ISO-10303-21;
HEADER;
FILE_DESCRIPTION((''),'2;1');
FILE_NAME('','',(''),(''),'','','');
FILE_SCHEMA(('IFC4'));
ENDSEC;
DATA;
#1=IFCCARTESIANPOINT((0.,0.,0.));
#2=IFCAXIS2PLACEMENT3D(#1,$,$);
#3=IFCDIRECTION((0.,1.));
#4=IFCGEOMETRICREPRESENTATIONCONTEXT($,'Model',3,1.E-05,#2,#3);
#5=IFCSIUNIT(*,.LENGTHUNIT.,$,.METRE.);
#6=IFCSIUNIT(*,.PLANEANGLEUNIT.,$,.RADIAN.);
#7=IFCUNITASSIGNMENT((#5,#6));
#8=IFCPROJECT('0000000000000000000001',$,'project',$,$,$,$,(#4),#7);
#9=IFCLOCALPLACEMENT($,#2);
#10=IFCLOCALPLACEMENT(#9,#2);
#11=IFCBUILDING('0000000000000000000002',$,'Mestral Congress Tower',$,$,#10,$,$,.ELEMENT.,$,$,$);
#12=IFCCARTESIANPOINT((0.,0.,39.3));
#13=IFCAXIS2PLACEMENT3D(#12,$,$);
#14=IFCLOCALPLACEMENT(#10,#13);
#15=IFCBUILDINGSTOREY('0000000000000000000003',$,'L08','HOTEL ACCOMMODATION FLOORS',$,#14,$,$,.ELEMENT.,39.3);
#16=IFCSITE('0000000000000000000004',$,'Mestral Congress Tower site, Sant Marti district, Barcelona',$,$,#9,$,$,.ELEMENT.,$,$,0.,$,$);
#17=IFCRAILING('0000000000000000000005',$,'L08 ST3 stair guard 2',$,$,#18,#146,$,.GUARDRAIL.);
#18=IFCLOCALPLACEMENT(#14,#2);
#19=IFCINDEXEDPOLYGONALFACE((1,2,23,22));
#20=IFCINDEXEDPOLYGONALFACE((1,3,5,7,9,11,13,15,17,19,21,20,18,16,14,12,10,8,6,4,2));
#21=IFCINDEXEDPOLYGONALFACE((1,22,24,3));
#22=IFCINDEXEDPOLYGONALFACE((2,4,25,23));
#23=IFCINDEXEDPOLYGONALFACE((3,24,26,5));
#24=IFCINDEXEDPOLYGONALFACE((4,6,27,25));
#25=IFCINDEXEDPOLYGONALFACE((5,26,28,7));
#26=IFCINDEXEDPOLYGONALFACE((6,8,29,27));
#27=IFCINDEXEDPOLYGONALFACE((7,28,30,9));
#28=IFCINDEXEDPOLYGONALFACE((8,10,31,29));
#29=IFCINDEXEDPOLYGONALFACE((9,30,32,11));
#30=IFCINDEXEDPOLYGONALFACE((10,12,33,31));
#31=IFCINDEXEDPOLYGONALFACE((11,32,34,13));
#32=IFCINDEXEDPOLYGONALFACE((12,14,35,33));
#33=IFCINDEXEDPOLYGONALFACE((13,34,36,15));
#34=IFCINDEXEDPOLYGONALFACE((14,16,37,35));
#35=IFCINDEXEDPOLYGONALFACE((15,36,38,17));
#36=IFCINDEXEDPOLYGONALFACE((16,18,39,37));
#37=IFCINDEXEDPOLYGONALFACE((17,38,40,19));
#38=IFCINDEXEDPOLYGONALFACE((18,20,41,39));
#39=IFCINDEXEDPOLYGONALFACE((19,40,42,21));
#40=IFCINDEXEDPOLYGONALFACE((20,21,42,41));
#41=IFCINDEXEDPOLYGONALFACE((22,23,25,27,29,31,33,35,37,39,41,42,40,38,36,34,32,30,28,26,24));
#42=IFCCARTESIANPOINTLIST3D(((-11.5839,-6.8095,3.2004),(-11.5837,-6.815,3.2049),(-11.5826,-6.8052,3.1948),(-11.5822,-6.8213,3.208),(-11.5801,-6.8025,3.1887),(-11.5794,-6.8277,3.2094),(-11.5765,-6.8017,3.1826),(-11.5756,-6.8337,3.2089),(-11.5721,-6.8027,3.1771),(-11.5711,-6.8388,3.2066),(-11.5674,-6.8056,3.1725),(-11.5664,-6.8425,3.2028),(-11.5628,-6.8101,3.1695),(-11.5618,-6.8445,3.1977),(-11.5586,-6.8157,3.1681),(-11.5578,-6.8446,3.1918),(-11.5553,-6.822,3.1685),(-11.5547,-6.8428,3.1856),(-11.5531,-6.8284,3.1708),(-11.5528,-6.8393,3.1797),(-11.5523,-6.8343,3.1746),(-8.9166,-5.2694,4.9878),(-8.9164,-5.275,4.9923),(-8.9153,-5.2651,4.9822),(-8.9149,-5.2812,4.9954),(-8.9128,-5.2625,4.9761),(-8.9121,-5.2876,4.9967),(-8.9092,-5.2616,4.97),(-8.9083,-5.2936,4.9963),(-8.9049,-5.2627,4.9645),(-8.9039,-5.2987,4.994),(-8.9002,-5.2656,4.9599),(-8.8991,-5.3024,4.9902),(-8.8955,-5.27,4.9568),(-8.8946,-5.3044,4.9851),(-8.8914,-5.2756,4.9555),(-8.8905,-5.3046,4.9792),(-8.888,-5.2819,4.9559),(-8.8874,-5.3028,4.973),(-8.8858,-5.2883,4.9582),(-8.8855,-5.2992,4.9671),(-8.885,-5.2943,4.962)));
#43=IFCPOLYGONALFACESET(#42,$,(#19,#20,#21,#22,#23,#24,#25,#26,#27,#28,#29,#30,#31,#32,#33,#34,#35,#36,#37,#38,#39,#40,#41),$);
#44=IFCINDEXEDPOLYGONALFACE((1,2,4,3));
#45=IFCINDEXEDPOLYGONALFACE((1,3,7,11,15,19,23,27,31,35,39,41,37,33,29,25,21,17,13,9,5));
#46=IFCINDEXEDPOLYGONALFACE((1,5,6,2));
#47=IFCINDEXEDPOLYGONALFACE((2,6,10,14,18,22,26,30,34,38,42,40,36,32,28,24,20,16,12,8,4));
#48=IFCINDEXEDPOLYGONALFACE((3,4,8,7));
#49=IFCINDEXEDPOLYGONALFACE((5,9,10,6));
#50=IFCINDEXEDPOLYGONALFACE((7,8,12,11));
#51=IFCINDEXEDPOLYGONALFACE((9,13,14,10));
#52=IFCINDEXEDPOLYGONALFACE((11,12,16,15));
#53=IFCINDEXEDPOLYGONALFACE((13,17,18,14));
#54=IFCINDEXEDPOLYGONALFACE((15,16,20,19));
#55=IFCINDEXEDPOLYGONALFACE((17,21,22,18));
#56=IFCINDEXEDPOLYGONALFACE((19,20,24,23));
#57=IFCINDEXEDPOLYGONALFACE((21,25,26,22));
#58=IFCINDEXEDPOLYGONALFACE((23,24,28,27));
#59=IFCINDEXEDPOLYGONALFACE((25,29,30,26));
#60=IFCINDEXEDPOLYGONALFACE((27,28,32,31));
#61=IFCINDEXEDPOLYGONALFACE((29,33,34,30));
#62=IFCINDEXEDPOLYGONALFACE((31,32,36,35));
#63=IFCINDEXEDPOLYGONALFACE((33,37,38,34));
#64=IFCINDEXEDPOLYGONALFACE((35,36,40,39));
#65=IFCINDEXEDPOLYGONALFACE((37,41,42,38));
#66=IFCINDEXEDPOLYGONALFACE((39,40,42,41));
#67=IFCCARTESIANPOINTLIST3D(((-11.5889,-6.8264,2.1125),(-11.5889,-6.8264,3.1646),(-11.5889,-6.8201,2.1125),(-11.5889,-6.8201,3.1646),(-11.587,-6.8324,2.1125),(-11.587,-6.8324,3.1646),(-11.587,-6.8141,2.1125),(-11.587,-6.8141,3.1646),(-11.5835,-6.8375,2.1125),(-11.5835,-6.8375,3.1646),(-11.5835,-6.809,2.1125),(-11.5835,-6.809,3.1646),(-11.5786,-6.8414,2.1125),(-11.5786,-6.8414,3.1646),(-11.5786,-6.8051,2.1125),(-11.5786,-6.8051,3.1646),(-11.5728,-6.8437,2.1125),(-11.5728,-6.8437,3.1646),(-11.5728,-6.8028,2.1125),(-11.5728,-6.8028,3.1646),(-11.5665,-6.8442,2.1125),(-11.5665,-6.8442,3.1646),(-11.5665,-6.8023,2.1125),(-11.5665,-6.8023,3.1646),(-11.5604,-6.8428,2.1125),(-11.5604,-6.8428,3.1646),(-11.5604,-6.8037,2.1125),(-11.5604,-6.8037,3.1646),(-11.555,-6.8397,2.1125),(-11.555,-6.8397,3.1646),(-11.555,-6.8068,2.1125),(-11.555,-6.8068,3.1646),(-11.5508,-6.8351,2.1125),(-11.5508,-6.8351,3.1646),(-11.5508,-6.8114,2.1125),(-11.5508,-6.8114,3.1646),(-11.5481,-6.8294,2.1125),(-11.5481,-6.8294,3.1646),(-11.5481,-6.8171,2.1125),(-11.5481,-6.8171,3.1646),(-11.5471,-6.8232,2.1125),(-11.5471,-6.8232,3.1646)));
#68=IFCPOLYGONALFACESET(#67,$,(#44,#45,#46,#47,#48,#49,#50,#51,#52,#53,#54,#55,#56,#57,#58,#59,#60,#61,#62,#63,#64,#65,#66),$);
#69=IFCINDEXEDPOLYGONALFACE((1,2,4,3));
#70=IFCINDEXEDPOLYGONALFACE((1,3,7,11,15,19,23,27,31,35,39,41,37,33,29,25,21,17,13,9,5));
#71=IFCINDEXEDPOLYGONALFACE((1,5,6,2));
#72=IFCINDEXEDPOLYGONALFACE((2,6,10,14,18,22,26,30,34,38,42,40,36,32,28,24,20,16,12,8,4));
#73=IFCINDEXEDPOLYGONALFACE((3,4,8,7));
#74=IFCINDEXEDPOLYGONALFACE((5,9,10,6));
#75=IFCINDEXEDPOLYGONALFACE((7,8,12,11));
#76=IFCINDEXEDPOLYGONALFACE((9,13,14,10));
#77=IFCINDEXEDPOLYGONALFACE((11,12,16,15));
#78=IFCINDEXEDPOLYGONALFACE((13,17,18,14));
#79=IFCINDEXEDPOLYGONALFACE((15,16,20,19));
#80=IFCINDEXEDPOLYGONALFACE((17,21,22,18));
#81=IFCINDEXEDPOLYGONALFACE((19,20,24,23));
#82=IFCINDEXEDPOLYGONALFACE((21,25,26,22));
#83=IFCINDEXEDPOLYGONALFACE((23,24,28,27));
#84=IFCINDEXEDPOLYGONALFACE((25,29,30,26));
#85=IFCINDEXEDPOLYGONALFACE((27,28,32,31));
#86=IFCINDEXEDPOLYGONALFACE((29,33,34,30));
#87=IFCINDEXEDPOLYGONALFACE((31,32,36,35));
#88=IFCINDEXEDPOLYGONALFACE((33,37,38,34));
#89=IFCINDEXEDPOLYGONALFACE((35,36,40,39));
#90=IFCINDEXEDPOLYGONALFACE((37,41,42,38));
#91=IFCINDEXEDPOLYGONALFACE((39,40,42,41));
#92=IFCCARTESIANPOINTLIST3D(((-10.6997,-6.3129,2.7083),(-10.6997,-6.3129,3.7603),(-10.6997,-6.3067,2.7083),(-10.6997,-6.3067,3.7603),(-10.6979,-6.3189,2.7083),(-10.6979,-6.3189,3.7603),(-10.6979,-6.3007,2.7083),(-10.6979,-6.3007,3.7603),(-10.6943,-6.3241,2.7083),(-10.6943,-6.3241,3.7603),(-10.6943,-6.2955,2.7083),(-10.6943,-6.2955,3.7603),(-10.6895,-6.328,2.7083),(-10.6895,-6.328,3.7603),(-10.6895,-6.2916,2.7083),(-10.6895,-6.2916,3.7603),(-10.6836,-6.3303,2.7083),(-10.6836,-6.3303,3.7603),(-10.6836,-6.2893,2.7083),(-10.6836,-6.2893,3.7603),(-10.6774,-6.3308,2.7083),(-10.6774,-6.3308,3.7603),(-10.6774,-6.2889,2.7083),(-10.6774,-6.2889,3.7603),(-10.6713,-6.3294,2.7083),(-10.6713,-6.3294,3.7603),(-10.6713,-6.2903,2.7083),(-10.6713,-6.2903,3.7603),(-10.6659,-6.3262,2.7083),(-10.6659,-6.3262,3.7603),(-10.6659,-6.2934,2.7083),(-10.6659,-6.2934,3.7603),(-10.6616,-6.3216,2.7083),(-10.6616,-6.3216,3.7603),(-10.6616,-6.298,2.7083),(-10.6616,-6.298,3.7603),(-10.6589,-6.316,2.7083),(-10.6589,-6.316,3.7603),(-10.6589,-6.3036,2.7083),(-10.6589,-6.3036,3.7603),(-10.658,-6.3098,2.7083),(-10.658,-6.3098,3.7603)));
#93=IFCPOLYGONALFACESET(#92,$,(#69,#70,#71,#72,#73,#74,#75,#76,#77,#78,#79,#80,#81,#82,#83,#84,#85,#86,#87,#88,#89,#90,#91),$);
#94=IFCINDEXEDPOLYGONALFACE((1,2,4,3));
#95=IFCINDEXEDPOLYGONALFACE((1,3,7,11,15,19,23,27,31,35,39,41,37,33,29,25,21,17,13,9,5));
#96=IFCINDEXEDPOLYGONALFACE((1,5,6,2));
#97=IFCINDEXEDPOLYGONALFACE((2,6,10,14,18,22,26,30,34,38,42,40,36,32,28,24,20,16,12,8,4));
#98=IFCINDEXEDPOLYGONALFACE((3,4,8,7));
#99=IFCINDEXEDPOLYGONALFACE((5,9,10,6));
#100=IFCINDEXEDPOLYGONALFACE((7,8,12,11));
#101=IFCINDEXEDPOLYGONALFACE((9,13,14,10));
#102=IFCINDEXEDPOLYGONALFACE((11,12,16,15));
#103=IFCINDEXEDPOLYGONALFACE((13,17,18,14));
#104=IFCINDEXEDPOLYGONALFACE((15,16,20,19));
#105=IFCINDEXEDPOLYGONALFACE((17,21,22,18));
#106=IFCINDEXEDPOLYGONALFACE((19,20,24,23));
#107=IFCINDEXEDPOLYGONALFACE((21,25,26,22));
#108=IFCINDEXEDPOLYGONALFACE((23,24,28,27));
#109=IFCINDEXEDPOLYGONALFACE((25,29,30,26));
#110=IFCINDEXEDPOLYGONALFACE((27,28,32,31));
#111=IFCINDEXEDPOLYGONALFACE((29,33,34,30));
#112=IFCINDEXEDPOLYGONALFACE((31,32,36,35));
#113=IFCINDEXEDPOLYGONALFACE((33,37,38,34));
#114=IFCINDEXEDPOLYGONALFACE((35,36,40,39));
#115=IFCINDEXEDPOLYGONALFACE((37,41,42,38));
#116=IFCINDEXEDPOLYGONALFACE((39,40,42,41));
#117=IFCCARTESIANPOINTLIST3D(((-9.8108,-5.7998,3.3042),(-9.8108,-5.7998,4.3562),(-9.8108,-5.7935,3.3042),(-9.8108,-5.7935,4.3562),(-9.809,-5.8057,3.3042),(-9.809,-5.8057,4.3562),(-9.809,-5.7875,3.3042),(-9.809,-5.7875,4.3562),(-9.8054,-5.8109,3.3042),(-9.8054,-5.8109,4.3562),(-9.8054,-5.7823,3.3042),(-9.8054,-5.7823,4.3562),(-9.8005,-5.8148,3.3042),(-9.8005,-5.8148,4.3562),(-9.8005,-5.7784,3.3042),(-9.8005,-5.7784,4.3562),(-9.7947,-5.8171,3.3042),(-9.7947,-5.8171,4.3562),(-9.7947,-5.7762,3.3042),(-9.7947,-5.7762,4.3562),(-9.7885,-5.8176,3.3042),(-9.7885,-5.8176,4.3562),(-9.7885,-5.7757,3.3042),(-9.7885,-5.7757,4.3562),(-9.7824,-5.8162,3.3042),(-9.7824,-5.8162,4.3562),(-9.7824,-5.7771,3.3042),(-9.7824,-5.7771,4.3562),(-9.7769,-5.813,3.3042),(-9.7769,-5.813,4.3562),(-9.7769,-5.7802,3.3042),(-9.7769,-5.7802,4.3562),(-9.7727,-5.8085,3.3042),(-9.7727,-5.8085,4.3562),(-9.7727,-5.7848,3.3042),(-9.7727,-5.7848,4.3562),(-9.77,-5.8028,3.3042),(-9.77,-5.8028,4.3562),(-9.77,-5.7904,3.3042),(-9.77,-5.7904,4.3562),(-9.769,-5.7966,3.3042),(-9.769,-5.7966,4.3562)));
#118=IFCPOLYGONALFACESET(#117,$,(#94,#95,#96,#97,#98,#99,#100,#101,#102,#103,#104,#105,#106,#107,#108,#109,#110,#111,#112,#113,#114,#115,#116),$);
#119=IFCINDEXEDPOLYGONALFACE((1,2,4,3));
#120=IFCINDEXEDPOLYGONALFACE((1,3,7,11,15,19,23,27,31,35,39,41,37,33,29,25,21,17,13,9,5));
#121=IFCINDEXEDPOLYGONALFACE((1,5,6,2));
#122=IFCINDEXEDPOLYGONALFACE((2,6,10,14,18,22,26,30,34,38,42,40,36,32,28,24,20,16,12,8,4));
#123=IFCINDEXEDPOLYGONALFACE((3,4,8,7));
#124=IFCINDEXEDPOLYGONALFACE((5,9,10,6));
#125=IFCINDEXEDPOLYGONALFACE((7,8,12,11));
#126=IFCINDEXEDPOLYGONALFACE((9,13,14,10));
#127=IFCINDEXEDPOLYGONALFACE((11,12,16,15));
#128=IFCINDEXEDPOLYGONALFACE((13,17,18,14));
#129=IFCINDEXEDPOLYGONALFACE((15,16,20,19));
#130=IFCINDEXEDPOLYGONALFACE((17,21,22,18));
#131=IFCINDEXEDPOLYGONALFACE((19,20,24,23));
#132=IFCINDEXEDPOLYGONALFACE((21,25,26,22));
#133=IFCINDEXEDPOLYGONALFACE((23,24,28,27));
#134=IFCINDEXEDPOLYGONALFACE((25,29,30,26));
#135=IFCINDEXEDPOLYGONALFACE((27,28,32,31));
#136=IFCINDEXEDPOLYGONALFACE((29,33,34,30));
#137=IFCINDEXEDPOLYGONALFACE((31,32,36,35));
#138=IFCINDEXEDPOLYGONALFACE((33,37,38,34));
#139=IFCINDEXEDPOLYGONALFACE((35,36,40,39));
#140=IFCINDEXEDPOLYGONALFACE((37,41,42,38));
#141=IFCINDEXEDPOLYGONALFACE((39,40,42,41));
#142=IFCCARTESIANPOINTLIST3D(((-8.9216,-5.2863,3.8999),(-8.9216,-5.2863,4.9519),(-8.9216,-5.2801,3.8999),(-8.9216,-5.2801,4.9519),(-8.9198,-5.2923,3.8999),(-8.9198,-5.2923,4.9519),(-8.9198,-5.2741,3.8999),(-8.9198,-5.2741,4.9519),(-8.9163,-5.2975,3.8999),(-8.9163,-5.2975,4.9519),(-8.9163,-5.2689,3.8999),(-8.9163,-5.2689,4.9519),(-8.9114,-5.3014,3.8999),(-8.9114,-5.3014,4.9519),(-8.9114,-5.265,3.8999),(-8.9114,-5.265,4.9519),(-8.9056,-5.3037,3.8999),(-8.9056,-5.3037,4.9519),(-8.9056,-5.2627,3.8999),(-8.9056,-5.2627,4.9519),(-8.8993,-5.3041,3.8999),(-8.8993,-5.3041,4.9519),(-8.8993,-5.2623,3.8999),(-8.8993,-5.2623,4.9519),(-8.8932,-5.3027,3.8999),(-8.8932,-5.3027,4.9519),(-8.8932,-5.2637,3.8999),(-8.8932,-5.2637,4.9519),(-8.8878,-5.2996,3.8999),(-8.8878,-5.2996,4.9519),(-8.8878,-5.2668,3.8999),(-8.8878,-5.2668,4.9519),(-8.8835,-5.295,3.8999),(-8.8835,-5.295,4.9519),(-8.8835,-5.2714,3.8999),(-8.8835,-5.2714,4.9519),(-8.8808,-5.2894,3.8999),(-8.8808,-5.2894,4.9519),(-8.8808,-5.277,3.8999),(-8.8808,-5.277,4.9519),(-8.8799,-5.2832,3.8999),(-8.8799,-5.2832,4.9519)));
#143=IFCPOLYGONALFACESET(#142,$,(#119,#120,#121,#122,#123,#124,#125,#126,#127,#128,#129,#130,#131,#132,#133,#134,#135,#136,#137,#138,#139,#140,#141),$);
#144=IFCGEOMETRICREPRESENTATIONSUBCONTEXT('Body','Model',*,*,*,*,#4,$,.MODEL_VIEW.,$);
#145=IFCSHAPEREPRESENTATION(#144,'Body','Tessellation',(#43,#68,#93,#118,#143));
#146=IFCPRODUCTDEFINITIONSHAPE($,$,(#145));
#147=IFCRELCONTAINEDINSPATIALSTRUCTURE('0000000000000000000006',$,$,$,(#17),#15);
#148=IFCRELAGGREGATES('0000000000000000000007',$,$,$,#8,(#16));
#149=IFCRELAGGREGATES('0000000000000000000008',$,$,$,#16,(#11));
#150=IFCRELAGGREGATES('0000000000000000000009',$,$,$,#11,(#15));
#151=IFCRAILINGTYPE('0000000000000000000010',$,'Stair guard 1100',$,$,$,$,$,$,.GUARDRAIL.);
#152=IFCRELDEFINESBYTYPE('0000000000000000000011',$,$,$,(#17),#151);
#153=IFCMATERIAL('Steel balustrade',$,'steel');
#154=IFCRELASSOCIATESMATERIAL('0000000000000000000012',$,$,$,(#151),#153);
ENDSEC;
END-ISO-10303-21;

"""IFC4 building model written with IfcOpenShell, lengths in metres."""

from ifc_helpers import new_model, si_unit, direction, frame, origin, origin_2d, place, context, subcontext, project, spatial, circle, extrude, material, type_object, element, save


model = new_model("IFC4")

# Units and contexts
model_context = context("Model", 3, precision=1e-05, world=origin(), true_north=direction((0.0, 1.0)))
body_context = subcontext(model_context, "Body", "Model", "MODEL_VIEW")
ifc_project = project(units=[si_unit("LENGTHUNIT", "METRE"), si_unit("PLANEANGLEUNIT", "RADIAN")], contexts=[model_context])

# Site, building, storey
site_placement = place(None, origin())
site = spatial("IfcSite", under=ifc_project, at=site_placement, Name="Mestral Congress Tower site, Sant Marti district, Barcelona", CompositionType="ELEMENT", RefElevation=0.0)
building_placement = place(site_placement, origin())
building = spatial("IfcBuilding", under=site, at=building_placement, Name="Mestral Congress Tower", CompositionType="ELEMENT")
storey_placement = place(building_placement, frame((0.0, 0.0, 39.3)))
storey = spatial("IfcBuildingStorey", under=building, at=storey_placement, Name="L08", Description="HOTEL ACCOMMODATION FLOORS", CompositionType="ELEMENT", Elevation=39.3)

# Railing
ifc_material_1 = material(Name="Steel balustrade", Category="steel")
railing_type_1 = type_object("IfcRailingType", Name="Stair guard 1100", PredefinedType="GUARDRAIL", material=ifc_material_1)
railing_1_placement = place(storey_placement, frame((-11.5681, -6.8232, 2.1125)))
element("IfcRailing", 1, at=railing_1_placement, inside=storey, type_object=railing_type_1, Name="L08 ST3 stair guard 2", PredefinedType="GUARDRAIL", context=body_context, shape_type="SweptSolid", body=[
    extrude(circle(Radius=0.0239, at=origin_2d()), frame((0.0, 0.0, 1.0762), z_axis=(0.74902, 0.432477, 0.501929), x_axis=(-0.500027, 0.86601, 0.0)), (0.0, 0.0, 1.0), 3.561),
    extrude(circle(Radius=0.021, at=origin_2d()), origin(), (0.0, 0.0, 1.0), 1.052),
    extrude(circle(Radius=0.021, at=origin_2d()), frame((0.8892, 0.5134, 0.5957)), (0.0, 0.0, 1.0), 1.052),
    extrude(circle(Radius=0.021, at=origin_2d()), frame((1.7781, 1.0266, 1.1917)), (0.0, 0.0, 1.0), 1.052),
    extrude(circle(Radius=0.021, at=origin_2d()), frame((2.6672, 1.54, 1.7874)), (0.0, 0.0, 1.0), 1.052),
])

save(model, "model.ifc")
